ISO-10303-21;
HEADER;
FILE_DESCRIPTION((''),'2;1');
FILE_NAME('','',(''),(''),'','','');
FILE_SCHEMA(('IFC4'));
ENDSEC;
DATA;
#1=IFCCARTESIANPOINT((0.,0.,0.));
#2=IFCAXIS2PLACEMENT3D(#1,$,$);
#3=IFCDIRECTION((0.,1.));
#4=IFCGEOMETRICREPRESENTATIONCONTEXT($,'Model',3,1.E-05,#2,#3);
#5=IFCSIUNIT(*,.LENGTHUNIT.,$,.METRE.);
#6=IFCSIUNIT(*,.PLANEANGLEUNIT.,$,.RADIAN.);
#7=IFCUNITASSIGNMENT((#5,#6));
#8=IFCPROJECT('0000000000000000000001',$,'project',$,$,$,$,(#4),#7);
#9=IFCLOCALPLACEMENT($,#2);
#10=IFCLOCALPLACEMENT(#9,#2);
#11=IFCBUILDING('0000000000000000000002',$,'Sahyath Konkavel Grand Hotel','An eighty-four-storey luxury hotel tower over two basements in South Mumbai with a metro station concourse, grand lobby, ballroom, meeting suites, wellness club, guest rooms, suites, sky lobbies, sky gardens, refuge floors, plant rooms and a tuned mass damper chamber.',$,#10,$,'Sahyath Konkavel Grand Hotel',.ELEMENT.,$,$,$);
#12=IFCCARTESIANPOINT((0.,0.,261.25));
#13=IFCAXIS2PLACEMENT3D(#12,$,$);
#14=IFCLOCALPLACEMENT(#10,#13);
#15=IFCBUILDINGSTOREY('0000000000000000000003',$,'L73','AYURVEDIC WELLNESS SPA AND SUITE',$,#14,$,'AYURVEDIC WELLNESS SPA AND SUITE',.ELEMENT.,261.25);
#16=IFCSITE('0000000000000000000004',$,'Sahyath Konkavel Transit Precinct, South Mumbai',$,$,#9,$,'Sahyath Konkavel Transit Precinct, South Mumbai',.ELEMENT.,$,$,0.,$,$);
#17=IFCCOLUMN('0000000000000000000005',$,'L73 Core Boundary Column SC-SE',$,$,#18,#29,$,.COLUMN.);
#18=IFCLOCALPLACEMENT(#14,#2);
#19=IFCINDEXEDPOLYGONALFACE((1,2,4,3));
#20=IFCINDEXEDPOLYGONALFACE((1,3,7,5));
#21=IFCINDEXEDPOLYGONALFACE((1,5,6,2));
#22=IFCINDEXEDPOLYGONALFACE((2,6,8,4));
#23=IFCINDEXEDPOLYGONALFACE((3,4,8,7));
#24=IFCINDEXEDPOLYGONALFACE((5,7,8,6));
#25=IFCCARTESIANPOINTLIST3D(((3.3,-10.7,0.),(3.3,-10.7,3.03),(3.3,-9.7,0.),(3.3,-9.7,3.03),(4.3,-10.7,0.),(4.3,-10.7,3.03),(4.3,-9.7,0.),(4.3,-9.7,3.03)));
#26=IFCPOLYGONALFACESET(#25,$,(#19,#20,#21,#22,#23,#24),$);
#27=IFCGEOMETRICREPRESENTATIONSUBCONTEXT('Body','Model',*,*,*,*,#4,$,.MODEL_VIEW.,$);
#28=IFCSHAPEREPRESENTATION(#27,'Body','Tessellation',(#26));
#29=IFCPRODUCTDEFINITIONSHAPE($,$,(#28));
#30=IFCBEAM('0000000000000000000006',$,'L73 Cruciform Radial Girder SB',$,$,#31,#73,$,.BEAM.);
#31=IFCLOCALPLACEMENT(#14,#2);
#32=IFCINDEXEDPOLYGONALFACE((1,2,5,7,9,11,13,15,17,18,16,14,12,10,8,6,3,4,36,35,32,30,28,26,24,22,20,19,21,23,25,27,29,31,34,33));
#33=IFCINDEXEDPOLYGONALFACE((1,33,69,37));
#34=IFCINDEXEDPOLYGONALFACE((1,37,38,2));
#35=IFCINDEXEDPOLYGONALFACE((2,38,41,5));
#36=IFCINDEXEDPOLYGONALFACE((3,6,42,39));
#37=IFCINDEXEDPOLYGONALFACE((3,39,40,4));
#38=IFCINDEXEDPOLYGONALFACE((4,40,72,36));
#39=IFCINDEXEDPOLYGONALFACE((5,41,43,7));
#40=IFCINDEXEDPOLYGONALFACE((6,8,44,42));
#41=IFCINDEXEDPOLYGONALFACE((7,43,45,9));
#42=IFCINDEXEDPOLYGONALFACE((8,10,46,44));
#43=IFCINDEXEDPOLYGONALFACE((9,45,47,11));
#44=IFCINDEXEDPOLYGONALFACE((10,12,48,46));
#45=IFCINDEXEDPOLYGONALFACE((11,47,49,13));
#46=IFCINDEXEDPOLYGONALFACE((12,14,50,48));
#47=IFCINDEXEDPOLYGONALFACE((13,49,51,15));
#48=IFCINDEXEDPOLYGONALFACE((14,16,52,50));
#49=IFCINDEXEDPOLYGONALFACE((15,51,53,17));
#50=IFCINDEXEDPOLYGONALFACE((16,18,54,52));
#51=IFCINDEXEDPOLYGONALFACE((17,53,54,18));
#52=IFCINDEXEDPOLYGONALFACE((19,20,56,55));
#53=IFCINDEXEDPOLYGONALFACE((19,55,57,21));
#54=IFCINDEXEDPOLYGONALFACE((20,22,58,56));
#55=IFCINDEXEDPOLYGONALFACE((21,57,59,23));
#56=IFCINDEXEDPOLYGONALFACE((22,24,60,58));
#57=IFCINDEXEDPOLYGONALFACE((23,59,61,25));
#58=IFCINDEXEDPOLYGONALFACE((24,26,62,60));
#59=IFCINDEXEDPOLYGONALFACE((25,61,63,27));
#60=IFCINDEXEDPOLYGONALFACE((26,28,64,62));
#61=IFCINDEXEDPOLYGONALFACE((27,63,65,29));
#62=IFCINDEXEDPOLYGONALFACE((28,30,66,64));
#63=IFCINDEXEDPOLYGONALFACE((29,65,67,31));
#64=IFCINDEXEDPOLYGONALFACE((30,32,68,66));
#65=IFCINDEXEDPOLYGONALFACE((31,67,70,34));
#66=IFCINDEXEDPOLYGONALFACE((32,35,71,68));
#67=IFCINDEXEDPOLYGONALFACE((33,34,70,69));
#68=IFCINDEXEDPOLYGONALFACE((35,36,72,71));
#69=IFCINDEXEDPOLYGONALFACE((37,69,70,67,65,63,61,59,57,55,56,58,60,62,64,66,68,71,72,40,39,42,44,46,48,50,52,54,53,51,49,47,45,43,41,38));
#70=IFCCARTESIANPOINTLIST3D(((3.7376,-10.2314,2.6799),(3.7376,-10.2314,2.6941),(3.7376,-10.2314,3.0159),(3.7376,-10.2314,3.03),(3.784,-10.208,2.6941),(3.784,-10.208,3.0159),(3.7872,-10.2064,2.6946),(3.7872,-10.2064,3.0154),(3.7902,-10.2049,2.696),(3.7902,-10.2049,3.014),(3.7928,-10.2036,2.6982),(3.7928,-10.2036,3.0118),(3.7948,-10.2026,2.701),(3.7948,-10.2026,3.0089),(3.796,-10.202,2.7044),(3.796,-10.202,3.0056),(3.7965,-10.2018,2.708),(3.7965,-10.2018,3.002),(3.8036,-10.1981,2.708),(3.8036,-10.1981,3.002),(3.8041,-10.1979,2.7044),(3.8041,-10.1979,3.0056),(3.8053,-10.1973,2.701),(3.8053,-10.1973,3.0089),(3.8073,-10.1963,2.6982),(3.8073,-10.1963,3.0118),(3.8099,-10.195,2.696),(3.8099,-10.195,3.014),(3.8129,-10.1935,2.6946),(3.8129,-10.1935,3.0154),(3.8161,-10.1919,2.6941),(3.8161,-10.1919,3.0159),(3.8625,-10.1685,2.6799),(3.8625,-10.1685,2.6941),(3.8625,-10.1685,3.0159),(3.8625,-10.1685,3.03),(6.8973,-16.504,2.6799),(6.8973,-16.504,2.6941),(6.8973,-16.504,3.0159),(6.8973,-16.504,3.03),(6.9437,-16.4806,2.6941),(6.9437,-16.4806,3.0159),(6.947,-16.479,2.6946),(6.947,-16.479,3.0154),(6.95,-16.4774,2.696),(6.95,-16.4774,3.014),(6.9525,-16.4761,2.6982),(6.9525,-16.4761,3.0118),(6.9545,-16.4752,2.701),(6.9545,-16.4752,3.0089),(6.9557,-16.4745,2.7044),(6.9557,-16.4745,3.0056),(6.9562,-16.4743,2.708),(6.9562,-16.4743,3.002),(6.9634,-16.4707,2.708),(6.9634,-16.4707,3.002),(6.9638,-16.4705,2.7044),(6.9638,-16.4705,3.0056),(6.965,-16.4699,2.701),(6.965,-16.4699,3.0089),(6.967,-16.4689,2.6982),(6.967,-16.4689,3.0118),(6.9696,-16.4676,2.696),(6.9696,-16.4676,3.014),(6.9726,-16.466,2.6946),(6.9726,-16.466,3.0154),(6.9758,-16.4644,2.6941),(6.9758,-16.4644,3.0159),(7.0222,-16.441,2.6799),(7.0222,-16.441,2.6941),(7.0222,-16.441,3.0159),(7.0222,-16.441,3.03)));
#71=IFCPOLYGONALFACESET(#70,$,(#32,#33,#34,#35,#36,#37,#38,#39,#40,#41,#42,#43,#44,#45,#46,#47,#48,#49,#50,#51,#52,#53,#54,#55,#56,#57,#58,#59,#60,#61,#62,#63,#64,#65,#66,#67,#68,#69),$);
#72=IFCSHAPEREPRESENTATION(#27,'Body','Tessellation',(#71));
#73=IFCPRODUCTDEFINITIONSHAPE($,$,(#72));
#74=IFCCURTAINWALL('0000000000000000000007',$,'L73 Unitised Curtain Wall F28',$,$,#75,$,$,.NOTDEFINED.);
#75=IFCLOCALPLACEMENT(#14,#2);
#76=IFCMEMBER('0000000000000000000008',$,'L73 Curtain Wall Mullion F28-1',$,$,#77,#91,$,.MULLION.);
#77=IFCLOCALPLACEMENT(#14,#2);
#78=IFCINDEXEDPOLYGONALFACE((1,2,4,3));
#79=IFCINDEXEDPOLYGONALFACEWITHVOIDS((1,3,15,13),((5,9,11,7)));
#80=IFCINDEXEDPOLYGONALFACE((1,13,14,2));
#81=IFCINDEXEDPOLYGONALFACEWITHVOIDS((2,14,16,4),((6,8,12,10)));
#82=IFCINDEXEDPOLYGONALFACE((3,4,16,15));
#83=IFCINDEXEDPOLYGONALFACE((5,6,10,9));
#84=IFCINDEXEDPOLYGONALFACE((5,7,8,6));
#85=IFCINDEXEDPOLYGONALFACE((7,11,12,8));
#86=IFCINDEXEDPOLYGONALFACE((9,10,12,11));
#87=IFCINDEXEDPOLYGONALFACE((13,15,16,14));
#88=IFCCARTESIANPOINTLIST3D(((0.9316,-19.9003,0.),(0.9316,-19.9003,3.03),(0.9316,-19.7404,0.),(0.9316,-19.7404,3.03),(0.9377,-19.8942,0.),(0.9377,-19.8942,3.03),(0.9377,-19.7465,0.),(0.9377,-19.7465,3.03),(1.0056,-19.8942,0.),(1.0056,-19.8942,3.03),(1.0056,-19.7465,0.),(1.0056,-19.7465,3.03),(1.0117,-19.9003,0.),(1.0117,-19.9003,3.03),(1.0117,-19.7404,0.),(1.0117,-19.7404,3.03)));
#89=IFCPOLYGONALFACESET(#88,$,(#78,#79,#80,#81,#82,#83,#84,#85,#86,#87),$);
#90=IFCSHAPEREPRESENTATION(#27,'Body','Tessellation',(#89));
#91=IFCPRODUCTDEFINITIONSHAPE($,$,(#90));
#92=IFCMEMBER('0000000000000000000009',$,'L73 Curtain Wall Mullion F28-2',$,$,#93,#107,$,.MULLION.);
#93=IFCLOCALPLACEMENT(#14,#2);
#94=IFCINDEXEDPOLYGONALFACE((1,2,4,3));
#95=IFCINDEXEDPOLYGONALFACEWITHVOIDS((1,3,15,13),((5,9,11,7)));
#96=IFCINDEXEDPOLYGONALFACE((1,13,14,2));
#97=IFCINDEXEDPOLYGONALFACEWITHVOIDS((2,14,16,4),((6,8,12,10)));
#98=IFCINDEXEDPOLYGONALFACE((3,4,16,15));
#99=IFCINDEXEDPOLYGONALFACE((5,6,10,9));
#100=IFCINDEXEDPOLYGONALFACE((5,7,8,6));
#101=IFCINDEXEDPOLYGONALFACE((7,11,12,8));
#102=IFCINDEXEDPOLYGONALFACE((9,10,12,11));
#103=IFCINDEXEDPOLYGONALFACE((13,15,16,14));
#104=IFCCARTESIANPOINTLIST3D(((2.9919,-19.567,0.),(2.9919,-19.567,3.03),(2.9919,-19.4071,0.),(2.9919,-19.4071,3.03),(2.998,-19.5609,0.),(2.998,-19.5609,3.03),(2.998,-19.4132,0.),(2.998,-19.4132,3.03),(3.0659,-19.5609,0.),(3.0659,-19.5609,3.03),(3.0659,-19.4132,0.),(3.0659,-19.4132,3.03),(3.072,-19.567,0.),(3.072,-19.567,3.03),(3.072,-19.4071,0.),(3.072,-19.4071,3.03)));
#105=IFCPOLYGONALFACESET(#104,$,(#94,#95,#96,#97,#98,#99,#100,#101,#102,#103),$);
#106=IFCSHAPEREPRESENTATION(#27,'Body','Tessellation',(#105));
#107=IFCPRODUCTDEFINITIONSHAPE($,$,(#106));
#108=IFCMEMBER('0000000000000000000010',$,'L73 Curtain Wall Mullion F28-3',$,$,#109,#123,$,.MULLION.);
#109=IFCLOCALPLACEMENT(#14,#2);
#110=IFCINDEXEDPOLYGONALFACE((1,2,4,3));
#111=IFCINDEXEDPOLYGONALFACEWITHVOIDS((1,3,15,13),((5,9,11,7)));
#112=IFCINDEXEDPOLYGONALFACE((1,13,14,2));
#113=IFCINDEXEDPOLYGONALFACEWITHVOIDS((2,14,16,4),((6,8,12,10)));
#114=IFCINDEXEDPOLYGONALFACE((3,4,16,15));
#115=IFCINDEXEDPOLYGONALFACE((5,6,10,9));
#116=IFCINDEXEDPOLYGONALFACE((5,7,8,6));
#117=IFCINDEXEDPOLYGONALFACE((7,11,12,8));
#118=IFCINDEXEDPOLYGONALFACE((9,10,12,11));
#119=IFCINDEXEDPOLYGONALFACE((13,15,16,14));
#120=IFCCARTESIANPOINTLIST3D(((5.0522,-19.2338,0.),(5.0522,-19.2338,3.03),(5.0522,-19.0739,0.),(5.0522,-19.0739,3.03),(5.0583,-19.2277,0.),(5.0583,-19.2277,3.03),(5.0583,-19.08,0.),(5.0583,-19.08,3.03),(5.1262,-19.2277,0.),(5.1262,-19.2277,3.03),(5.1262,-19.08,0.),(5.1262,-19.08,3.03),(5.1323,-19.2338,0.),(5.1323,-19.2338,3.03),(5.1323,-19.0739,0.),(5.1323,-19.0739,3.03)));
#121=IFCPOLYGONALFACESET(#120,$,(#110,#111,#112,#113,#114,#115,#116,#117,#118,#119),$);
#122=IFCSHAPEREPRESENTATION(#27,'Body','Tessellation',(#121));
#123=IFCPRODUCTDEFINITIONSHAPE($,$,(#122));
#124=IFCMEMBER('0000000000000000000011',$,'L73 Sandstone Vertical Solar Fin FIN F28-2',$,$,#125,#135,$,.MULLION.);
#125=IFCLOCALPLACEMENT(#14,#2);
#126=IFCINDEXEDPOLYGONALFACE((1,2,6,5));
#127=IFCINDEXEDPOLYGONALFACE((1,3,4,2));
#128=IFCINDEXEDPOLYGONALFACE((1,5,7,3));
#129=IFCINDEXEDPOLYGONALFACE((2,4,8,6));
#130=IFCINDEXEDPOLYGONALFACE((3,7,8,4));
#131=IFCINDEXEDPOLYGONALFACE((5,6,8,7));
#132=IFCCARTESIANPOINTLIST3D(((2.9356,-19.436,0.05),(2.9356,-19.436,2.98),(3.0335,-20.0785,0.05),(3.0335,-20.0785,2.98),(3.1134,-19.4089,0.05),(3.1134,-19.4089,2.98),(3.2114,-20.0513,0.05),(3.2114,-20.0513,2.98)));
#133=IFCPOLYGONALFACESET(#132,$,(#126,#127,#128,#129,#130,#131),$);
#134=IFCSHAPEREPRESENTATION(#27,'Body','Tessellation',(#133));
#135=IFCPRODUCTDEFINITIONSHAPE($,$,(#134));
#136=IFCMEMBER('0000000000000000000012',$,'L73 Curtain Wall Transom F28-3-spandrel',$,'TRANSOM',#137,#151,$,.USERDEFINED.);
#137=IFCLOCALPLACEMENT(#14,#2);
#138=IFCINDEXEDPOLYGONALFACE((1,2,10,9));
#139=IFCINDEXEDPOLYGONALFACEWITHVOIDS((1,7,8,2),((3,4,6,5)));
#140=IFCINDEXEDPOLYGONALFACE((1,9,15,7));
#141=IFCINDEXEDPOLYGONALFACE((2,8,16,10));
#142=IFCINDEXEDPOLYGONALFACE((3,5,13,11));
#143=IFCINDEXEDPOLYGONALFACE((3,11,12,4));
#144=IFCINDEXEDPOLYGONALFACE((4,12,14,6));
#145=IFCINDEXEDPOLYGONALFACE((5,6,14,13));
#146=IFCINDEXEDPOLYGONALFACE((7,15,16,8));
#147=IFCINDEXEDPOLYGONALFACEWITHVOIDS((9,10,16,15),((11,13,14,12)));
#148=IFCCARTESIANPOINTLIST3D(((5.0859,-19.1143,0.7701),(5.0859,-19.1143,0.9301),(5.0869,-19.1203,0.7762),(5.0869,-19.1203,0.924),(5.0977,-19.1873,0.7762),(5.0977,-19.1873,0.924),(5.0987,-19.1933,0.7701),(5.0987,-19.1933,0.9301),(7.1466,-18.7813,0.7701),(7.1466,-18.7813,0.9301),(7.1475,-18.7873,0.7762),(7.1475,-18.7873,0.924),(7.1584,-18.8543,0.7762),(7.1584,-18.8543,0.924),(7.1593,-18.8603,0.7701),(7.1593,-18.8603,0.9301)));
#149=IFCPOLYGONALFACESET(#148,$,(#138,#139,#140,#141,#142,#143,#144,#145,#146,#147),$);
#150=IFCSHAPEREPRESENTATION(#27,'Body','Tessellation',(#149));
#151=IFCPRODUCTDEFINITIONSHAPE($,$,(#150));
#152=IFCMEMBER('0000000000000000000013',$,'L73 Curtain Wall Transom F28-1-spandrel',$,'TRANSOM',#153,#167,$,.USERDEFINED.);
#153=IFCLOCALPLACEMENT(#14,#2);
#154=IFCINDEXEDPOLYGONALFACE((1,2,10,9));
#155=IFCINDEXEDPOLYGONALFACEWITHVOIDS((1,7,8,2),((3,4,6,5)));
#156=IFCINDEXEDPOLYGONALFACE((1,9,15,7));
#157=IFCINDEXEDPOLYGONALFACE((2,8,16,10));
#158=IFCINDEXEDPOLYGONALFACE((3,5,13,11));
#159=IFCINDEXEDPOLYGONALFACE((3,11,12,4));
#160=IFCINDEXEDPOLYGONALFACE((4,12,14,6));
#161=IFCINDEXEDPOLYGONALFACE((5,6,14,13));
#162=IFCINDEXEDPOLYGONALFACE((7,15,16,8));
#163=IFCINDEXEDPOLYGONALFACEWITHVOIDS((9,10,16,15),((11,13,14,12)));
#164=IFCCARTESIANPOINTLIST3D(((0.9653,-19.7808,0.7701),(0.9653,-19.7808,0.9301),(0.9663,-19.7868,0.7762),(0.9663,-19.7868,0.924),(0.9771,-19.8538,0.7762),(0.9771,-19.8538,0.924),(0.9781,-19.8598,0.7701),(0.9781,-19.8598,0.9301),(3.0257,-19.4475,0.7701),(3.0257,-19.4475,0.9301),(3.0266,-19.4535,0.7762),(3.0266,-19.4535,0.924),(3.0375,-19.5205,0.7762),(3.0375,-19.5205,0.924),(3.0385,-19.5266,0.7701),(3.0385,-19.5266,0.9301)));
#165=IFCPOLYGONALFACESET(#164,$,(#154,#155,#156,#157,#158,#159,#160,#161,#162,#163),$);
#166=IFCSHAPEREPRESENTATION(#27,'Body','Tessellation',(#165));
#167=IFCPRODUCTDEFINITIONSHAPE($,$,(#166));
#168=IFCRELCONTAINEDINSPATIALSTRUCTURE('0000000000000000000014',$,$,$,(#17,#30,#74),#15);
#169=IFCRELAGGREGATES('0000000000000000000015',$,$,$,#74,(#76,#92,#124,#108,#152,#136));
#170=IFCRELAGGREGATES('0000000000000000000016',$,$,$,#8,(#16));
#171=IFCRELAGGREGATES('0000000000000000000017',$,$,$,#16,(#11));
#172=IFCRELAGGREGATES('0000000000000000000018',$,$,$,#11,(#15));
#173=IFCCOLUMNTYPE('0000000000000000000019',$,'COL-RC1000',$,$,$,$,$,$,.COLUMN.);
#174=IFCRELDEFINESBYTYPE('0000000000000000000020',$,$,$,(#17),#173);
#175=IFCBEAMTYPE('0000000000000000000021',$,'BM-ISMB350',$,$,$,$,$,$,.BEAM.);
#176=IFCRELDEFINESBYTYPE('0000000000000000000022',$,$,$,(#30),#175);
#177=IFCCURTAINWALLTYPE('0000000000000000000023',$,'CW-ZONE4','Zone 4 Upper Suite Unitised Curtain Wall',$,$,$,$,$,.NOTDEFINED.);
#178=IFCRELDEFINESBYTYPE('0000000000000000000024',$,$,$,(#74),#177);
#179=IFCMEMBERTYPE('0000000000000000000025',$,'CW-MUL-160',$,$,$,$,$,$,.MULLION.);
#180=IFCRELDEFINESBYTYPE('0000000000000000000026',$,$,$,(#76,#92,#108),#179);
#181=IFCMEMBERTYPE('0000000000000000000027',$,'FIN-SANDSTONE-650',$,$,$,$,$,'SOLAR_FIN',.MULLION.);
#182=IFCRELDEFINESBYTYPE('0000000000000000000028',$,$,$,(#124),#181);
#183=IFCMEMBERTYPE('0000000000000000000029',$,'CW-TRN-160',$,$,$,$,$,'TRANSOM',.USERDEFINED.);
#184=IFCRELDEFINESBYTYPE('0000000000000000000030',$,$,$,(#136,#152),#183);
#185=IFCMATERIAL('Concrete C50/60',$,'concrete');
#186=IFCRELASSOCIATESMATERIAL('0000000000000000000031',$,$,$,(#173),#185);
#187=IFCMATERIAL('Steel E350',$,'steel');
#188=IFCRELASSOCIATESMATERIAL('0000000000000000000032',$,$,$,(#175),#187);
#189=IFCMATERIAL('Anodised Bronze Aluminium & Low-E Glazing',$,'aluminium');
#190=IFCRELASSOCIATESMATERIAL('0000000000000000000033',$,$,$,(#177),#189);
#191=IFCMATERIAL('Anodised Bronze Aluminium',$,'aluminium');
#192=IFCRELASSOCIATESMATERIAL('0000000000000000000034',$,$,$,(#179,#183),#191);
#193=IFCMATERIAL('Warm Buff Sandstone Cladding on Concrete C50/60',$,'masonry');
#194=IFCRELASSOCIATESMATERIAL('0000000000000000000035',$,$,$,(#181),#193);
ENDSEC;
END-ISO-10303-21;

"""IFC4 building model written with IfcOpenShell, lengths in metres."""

from ifc_helpers import new_model, si_unit, direction, frame, origin, origin_2d, place, context, subcontext, project, spatial, rectangle, hollow_rectangle, i_section, extrude, source, transform, mapped, material, material_profile, profile_set, type_object, element, aggregate, save


model = new_model("IFC4")

# Units and contexts
model_context = context("Model", 3, precision=1e-05, world=origin(), true_north=direction((0.0, 1.0)))
body_context = subcontext(model_context, "Body", "Model", "MODEL_VIEW")
ifc_project = project(units=[si_unit("LENGTHUNIT", "METRE"), si_unit("PLANEANGLEUNIT", "RADIAN")], contexts=[model_context])

# Site, building, storey
site_placement = place(None, origin())
site = spatial("IfcSite", under=ifc_project, at=site_placement, Name="Sahyath Konkavel Transit Precinct, South Mumbai", LongName="Sahyath Konkavel Transit Precinct, South Mumbai", CompositionType="ELEMENT", RefElevation=0.0)
building_placement = place(site_placement, origin())
building = spatial("IfcBuilding", under=site, at=building_placement, Name="Sahyath Konkavel Grand Hotel", Description="An eighty-four-storey luxury hotel tower over two basements in South Mumbai with a metro station concourse, grand lobby, ballroom, meeting suites, wellness club, guest rooms, suites, sky lobbies, sky gardens, refuge floors, plant rooms and a tuned mass damper chamber.", LongName="Sahyath Konkavel Grand Hotel", CompositionType="ELEMENT")
storey_placement = place(building_placement, frame((0.0, 0.0, 261.25)))
storey = spatial("IfcBuildingStorey", under=building, at=storey_placement, Name="L73", Description="AYURVEDIC WELLNESS SPA AND SUITE", LongName="AYURVEDIC WELLNESS SPA AND SUITE", CompositionType="ELEMENT", Elevation=261.25)

# Column
ifc_material_1 = material(Name="Concrete C50/60", Category="concrete")
ifc_material_profile_1 = material_profile(ifc_material_1, rectangle(XDim=1.0, YDim=1.0, at=origin_2d()), Name="RC 1000x1000")
ifc_profile_set_1 = profile_set([ifc_material_profile_1], Name="Concrete C50/60")
column_type = type_object("IfcColumnType", Name="COL-RC1000", PredefinedType="COLUMN", material=ifc_profile_set_1)
shared_shape_1 = source(origin(), body_context, "Body", "SweptSolid", [
    extrude(rectangle(XDim=1.0, YDim=1.0, at=origin_2d()), origin(), (0.0, 0.0, 1.0), 3.03),
])
column_placement = place(storey_placement, frame((3.8, -10.2, 0.0), z_axis=(0.0, 0.0, 1.0), x_axis=(1.0, 0.0, 0.0)))
element("IfcColumn", 1, at=column_placement, inside=storey, type_object=column_type, Name="L73 Core Boundary Column SC-SE", PredefinedType="COLUMN", context=body_context, shape_type="MappedRepresentation", body=[
    mapped(shared_shape_1, transform((0.0, 0.0, 0.0), scale=1.0)),
])

# Beam
ifc_material_2 = material(Name="Steel E350", Category="steel")
ifc_material_profile_2 = material_profile(ifc_material_2, i_section(OverallWidth=0.1399, OverallDepth=0.3501, WebThickness=0.0081, FlangeThickness=0.0142, FilletRadius=0.0139, at=origin_2d()), Name="ISMB 350")
ifc_profile_set_2 = profile_set([ifc_material_profile_2], Name="Steel E350")
beam_type_1 = type_object("IfcBeamType", Name="BM-ISMB350", PredefinedType="BEAM", material=ifc_profile_set_2)
shared_shape_2 = source(origin(), body_context, "Body", "SweptSolid", [
    extrude(i_section(OverallWidth=0.1399, OverallDepth=0.3501, WebThickness=0.0081, FlangeThickness=0.0142, FilletRadius=0.0139, at=origin_2d()), origin(), (0.0, 0.0, 1.0), 7.0234),
])
beam_1_placement = place(storey_placement, frame((3.8, -10.2, 2.855), z_axis=(0.449881, -0.893088, 0.0), x_axis=(0.893088, 0.449881, 0.0)))
element("IfcBeam", 2, at=beam_1_placement, inside=storey, type_object=beam_type_1, Name="L73 Cruciform Radial Girder SB", PredefinedType="BEAM", context=body_context, shape_type="MappedRepresentation", body=[
    mapped(shared_shape_2, transform((0.0, 0.0, 0.0), scale=1.0)),
])

# Curtain wall, members
ifc_material_3 = material(Name="Anodised Bronze Aluminium & Low-E Glazing", Category="aluminium")
curtain_wall_type = type_object("IfcCurtainWallType", Name="CW-ZONE4", Description="Zone 4 Upper Suite Unitised Curtain Wall", PredefinedType="NOTDEFINED", material=ifc_material_3)
curtain_wall_placement = place(storey_placement, origin())
curtain_wall = element("IfcCurtainWall", 3, at=curtain_wall_placement, inside=storey, type_object=curtain_wall_type, Name="L73 Unitised Curtain Wall F28", PredefinedType="NOTDEFINED")
ifc_material_4 = material(Name="Anodised Bronze Aluminium", Category="aluminium")
ifc_material_profile_3 = material_profile(ifc_material_4, hollow_rectangle(XDim=0.0801, YDim=0.1599, WallThickness=0.0061, at=origin_2d()), Name="RHS 160x80x6")
ifc_profile_set_3 = profile_set([ifc_material_profile_3], Name="Anodised Bronze Aluminium")
member_type_1 = type_object("IfcMemberType", Name="CW-MUL-160", PredefinedType="MULLION", material=ifc_profile_set_3)
shared_shape_3 = source(origin(), body_context, "Body", "SweptSolid", [
    extrude(hollow_rectangle(XDim=0.0801, YDim=0.1599, WallThickness=0.0061, at=origin_2d()), origin(), (0.0, 0.0, 1.0), 3.03),
])
member_1_placement = place(storey_placement, frame((0.9717, -19.8203, 0.0), z_axis=(0.0, 0.0, 1.0), x_axis=(1.0, 0.0, 0.0)))
member_1 = element("IfcMember", 4, at=member_1_placement, type_object=member_type_1, Name="L73 Curtain Wall Mullion F28-1", PredefinedType="MULLION", context=body_context, shape_type="MappedRepresentation", body=[
    mapped(shared_shape_3, transform((0.0, 0.0, 0.0), scale=1.0)),
])
member_2_placement = place(storey_placement, frame((3.032, -19.4871, 0.0), z_axis=(0.0, 0.0, 1.0), x_axis=(1.0, 0.0, 0.0)))
member_2 = element("IfcMember", 5, at=member_2_placement, type_object=member_type_1, Name="L73 Curtain Wall Mullion F28-2", PredefinedType="MULLION", context=body_context, shape_type="MappedRepresentation", body=[
    mapped(shared_shape_3, transform((0.0, 0.0, 0.0), scale=1.0)),
])
member_3_placement = place(storey_placement, frame((5.0923, -19.1538, 0.0), z_axis=(0.0, 0.0, 1.0), x_axis=(1.0, 0.0, 0.0)))
member_3 = element("IfcMember", 6, at=member_3_placement, type_object=member_type_1, Name="L73 Curtain Wall Mullion F28-3", PredefinedType="MULLION", context=body_context, shape_type="MappedRepresentation", body=[
    mapped(shared_shape_3, transform((0.0, 0.0, 0.0), scale=1.0)),
])
ifc_material_5 = material(Name="Warm Buff Sandstone Cladding on Concrete C50/60", Category="masonry")
ifc_material_profile_4 = material_profile(ifc_material_5, rectangle(XDim=0.1799, YDim=0.6499, at=origin_2d()), Name="FIN 180x650")
ifc_profile_set_4 = profile_set([ifc_material_profile_4], Name="Warm Buff Sandstone Cladding on Concrete C50/60")
member_type_2 = type_object("IfcMemberType", Name="FIN-SANDSTONE-650", ElementType="SOLAR_FIN", PredefinedType="MULLION", material=ifc_profile_set_4)
shared_shape_4 = source(origin(), body_context, "Body", "SweptSolid", [
    extrude(rectangle(XDim=0.1799, YDim=0.6499, at=origin_2d()), origin(), (0.0, 0.0, 1.0), 2.9299),
])
member_4_placement = place(storey_placement, frame((3.0735, -19.7437, 0.05), z_axis=(0.0, 0.0, 1.0), x_axis=(0.988573, 0.150743, 0.0)))
member_4 = element("IfcMember", 7, at=member_4_placement, type_object=member_type_2, Name="L73 Sandstone Vertical Solar Fin FIN F28-2", PredefinedType="MULLION", context=body_context, shape_type="MappedRepresentation", body=[
    mapped(shared_shape_4, transform((0.0, 0.0, 0.0), scale=1.0)),
])
ifc_material_profile_5 = material_profile(ifc_material_4, hollow_rectangle(XDim=0.0801, YDim=0.1599, WallThickness=0.0061, at=origin_2d()), Name="RHS 160x80x6")
ifc_profile_set_5 = profile_set([ifc_material_profile_5], Name="Anodised Bronze Aluminium")
member_type_3 = type_object("IfcMemberType", Name="CW-TRN-160", ElementType="TRANSOM", PredefinedType="USERDEFINED", material=ifc_profile_set_5)
shared_shape_5 = source(origin(), body_context, "Body", "SweptSolid", [
    extrude(hollow_rectangle(XDim=0.0801, YDim=0.1599, WallThickness=0.0061, at=origin_2d()), origin(), (0.0, 0.0, 1.0), 2.0874),
])
member_5_placement = place(storey_placement, frame((5.0923, -19.1538, 0.8501), z_axis=(0.987191, 0.159541, 0.0), x_axis=(-0.159541, 0.987191, 0.0)))
member_5 = element("IfcMember", 8, at=member_5_placement, type_object=member_type_3, Name="L73 Curtain Wall Transom F28-3-spandrel", ObjectType="TRANSOM", PredefinedType="USERDEFINED", context=body_context, shape_type="MappedRepresentation", body=[
    mapped(shared_shape_5, transform((0.0, 0.0, 0.0), scale=1.0)),
])
shared_shape_6 = source(origin(), body_context, "Body", "SweptSolid", [
    extrude(hollow_rectangle(XDim=0.0801, YDim=0.1599, WallThickness=0.0061, at=origin_2d()), origin(), (0.0, 0.0, 1.0), 2.0872),
])
member_6_placement = place(storey_placement, frame((0.9717, -19.8203, 0.8501), z_axis=(0.98717, 0.159674, 0.0), x_axis=(-0.159674, 0.98717, 0.0)))
member_6 = element("IfcMember", 9, at=member_6_placement, type_object=member_type_3, Name="L73 Curtain Wall Transom F28-1-spandrel", ObjectType="TRANSOM", PredefinedType="USERDEFINED", context=body_context, shape_type="MappedRepresentation", body=[
    mapped(shared_shape_6, transform((0.0, 0.0, 0.0), scale=1.0)),
])

aggregate(curtain_wall, [member_1, member_2, member_4, member_3, member_6, member_5])

save(model, "model.ifc")
